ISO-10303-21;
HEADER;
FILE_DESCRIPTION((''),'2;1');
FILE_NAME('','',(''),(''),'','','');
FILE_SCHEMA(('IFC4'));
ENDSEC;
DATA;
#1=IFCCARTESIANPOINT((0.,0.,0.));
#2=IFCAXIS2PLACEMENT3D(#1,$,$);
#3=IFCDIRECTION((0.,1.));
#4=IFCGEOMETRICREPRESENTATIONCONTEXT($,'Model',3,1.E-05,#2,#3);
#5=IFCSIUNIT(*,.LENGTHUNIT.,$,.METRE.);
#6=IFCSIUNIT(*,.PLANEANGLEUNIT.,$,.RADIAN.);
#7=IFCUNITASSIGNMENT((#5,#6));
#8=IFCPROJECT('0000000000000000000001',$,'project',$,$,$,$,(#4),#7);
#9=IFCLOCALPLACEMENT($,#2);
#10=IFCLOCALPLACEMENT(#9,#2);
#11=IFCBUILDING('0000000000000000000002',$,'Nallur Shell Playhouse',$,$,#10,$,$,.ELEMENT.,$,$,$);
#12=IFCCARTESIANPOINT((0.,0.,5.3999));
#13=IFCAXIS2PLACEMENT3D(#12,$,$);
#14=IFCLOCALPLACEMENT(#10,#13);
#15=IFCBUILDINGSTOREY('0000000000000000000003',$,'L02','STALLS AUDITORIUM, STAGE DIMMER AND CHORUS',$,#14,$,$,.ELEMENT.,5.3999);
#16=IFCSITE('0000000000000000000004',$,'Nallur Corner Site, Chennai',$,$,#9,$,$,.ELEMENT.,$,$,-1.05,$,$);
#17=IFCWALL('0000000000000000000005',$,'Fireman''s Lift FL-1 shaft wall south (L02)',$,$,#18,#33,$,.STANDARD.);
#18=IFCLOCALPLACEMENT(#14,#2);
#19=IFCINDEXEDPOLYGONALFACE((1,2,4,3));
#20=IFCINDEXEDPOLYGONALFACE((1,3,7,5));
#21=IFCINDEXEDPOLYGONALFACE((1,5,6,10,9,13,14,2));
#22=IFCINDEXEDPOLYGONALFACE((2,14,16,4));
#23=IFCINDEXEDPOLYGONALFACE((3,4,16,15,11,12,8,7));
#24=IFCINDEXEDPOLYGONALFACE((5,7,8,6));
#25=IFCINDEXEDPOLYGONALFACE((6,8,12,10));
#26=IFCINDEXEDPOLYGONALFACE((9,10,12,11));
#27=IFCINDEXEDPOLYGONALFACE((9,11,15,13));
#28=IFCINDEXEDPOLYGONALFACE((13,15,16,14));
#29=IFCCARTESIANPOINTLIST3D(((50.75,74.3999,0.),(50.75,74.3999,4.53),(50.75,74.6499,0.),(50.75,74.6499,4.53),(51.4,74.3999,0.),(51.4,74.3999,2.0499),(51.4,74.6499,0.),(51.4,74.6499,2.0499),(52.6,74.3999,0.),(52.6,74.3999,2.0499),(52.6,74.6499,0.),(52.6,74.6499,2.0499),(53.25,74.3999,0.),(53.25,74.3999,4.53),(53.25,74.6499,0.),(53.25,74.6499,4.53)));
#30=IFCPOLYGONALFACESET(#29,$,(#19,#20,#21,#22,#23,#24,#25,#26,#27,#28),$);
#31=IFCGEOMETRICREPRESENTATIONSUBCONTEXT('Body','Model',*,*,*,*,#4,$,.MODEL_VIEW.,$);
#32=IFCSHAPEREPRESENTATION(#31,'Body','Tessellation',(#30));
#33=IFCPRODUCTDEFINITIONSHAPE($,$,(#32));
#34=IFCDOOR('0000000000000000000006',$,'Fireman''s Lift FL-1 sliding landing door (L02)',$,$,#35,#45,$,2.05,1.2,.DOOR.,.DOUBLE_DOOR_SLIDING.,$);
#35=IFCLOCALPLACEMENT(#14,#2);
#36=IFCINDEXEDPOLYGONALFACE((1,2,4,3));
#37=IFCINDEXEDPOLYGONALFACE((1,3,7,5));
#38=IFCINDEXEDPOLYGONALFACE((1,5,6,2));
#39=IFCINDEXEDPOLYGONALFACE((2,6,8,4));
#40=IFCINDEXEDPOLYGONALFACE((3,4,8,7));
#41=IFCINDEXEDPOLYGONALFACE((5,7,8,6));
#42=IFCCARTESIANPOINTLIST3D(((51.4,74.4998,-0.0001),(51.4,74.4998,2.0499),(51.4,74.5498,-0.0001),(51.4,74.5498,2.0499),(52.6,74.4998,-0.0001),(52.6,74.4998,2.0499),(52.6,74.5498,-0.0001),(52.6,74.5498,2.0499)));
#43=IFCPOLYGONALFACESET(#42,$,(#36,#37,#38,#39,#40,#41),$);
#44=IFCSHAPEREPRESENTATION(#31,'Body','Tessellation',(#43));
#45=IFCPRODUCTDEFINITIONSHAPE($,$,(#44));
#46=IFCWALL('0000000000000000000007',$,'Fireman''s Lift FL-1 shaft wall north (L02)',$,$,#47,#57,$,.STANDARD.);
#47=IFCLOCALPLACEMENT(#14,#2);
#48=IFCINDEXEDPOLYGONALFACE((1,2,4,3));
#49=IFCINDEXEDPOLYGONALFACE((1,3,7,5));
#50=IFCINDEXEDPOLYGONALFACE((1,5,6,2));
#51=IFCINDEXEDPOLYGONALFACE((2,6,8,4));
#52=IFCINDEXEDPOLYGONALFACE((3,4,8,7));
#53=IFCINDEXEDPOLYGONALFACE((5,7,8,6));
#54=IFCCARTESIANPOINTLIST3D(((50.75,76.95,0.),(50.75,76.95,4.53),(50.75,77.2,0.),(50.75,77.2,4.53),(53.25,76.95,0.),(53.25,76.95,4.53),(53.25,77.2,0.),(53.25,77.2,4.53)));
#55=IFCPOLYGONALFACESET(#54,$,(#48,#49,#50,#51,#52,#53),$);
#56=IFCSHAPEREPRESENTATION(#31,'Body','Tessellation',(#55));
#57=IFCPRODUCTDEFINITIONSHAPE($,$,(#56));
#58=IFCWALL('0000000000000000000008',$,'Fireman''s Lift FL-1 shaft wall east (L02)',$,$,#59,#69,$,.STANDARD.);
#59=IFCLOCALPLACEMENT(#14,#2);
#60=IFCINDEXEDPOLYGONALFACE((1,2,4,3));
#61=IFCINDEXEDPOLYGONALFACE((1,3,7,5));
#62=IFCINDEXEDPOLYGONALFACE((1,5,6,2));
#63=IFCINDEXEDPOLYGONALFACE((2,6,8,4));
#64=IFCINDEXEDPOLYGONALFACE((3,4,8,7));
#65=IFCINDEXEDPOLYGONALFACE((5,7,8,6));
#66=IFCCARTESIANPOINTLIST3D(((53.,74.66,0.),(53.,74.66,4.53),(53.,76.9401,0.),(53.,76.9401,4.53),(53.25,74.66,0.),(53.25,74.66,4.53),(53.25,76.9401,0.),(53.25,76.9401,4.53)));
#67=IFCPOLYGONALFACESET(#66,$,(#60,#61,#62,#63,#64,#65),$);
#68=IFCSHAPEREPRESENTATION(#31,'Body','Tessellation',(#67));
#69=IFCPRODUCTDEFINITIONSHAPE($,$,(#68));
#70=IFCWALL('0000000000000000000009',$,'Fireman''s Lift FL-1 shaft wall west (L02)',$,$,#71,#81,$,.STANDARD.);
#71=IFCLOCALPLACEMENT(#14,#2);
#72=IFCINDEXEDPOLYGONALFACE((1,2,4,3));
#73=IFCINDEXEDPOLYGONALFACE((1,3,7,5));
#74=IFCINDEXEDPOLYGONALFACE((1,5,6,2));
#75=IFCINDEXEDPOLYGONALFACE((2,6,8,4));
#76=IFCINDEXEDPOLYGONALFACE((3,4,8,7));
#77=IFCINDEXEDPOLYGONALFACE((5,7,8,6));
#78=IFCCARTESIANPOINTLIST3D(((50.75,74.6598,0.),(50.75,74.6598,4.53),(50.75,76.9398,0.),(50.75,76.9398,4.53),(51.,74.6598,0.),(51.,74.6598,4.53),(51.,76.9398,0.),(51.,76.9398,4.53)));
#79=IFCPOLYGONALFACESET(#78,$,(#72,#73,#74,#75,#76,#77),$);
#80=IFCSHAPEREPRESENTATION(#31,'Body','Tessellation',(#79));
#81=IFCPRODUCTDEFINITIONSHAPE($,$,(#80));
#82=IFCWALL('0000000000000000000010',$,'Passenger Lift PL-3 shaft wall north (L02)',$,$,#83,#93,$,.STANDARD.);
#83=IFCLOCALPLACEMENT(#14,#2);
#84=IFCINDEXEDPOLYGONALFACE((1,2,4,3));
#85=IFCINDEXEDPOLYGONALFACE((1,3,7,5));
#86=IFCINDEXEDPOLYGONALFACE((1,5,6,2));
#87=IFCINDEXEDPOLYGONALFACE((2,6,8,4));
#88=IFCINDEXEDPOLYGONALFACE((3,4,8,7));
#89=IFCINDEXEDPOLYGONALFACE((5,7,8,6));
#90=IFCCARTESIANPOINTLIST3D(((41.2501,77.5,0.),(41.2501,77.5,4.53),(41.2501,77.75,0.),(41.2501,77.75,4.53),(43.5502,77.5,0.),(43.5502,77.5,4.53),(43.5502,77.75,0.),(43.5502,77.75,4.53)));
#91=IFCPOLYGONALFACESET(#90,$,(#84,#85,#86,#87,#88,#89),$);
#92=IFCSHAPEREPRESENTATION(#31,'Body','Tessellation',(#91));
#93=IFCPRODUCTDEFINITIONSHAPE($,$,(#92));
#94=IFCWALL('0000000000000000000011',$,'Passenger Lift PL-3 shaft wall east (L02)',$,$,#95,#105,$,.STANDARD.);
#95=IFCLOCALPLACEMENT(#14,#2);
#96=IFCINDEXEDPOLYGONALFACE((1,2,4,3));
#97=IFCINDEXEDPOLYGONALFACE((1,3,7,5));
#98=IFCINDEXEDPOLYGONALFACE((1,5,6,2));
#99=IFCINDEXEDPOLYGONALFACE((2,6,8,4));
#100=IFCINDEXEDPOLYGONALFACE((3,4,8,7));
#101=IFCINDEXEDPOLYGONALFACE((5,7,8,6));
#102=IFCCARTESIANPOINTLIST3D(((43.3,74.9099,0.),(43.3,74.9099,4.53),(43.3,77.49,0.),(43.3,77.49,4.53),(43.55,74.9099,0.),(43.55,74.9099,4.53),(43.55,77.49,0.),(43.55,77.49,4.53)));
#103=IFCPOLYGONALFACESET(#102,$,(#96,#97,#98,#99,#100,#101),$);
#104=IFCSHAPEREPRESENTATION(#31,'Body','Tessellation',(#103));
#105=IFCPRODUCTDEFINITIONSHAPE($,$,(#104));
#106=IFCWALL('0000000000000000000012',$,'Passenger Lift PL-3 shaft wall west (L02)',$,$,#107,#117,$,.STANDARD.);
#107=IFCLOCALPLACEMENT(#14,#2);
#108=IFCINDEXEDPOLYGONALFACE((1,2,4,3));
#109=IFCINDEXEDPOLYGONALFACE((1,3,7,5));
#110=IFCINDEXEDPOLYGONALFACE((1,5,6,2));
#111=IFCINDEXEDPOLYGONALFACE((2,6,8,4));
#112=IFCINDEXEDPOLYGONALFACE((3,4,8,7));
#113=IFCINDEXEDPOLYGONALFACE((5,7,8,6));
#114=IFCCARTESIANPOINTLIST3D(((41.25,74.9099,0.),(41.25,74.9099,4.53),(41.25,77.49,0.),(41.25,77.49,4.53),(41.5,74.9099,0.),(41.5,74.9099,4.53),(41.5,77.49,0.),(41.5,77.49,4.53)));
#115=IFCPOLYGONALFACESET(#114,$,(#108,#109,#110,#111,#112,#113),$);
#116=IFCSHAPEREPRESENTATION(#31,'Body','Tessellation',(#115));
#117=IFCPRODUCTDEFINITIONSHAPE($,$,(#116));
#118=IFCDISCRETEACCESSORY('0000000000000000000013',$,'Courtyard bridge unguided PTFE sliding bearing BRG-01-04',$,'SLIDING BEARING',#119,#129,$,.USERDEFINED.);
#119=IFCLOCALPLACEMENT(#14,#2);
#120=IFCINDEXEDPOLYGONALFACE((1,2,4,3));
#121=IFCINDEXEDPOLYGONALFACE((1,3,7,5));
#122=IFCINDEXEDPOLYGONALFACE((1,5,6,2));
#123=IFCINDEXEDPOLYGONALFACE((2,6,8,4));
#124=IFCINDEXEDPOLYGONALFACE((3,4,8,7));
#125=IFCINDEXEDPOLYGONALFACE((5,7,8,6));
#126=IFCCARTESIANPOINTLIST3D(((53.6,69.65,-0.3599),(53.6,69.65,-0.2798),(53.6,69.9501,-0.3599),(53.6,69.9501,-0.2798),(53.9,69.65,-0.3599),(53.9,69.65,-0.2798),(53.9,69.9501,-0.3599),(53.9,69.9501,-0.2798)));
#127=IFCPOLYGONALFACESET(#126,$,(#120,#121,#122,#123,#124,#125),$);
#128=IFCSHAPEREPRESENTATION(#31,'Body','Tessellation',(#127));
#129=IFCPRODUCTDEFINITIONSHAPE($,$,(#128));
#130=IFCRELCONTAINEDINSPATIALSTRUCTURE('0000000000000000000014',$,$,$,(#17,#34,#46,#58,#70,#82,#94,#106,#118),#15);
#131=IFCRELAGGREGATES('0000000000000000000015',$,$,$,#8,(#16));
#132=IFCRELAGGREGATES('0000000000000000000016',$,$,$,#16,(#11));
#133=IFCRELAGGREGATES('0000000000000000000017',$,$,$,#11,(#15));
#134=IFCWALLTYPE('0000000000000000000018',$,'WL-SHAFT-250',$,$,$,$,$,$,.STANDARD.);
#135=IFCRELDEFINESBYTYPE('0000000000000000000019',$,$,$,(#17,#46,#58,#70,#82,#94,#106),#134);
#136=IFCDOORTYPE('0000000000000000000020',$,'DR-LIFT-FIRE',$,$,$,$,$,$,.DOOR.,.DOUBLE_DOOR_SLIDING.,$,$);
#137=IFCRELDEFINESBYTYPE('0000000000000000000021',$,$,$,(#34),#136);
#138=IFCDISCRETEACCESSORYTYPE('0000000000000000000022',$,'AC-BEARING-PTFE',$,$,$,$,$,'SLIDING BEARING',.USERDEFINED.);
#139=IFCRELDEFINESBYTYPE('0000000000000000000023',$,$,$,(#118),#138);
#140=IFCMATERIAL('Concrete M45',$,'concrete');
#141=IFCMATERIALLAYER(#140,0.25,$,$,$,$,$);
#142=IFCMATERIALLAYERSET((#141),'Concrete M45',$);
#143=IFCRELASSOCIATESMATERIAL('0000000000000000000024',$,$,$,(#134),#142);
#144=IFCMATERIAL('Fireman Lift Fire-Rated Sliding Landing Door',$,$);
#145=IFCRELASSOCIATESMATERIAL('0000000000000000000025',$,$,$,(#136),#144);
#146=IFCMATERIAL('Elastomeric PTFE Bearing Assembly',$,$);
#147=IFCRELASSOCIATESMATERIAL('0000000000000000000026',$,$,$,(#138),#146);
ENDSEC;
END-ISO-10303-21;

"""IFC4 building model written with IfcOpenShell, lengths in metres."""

from ifc_helpers import new_model, si_unit, direction, frame, frame_2d, origin, origin_2d, place, context, subcontext, project, spatial, rectangle, extrude, material, layer, layer_set, type_object, element, fill, save


model = new_model("IFC4")

# Units and contexts
model_context = context("Model", 3, precision=1e-05, world=origin(), true_north=direction((0.0, 1.0)))
body_context = subcontext(model_context, "Body", "Model", "MODEL_VIEW")
ifc_project = project(units=[si_unit("LENGTHUNIT", "METRE"), si_unit("PLANEANGLEUNIT", "RADIAN")], contexts=[model_context])

# Site, building, storey
site_placement = place(None, origin())
site = spatial("IfcSite", under=ifc_project, at=site_placement, Name="Nallur Corner Site, Chennai", CompositionType="ELEMENT", RefElevation=-1.05)
building_placement = place(site_placement, origin())
building = spatial("IfcBuilding", under=site, at=building_placement, Name="Nallur Shell Playhouse", CompositionType="ELEMENT")
storey_placement = place(building_placement, frame((0.0, 0.0, 5.3999)))
storey = spatial("IfcBuildingStorey", under=building, at=storey_placement, Name="L02", Description="STALLS AUDITORIUM, STAGE DIMMER AND CHORUS", CompositionType="ELEMENT", Elevation=5.3999)

# Wall, opening, door
ifc_material_1 = material(Name="Concrete M45", Category="concrete")
ifc_layer_1 = layer(ifc_material_1, 0.25)
ifc_layer_set_1 = layer_set([ifc_layer_1], Name="Concrete M45")
wall_type_1 = type_object("IfcWallType", Name="WL-SHAFT-250", PredefinedType="STANDARD", material=ifc_layer_set_1)
wall_1_placement = place(storey_placement, frame((50.75, 74.5249, 0.0), z_axis=(0.0, 0.0, 1.0), x_axis=(1.0, 0.0, 0.0)))
wall_1 = element("IfcWall", 1, at=wall_1_placement, inside=storey, type_object=wall_type_1, Name="Fireman's Lift FL-1 shaft wall south (L02)", PredefinedType="STANDARD", context=body_context, shape_type="SweptSolid", body=[
    extrude(rectangle(XDim=2.5, YDim=0.25, at=frame_2d((1.25, 0.0))), origin(), (0.0, 0.0, 1.0), 4.53),
])
opening_1_placement = place(wall_1_placement, frame((0.6499, 0.0, 0.0)))
opening_1 = element("IfcOpeningElement", 2, at=opening_1_placement, cuts=wall_1, PredefinedType="OPENING", context=body_context, shape_type="SweptSolid", body=[
    extrude(rectangle(XDim=1.2, YDim=2.05, at=frame_2d((0.6001, 1.0249))), frame((0.0, 0.135, 0.0), z_axis=(0.0, -1.0, 0.0), x_axis=(1.0, 0.0, 0.0)), (0.0, 0.0, 1.0), 0.27),
])
ifc_material_2 = material(Name="Fireman Lift Fire-Rated Sliding Landing Door")
door_type_1 = type_object("IfcDoorType", Name="DR-LIFT-FIRE", OperationType="DOUBLE_DOOR_SLIDING", PredefinedType="DOOR", material=ifc_material_2)
door_1_placement = place(opening_1_placement, origin())
door_1 = element("IfcDoor", 3, at=door_1_placement, inside=storey, type_object=door_type_1, Name="Fireman's Lift FL-1 sliding landing door (L02)", OperationType="DOUBLE_DOOR_SLIDING", OverallHeight=2.05, OverallWidth=1.2, PredefinedType="DOOR", context=body_context, shape_type="SweptSolid", body=[
    extrude(rectangle(XDim=1.2, YDim=2.05, at=frame_2d((0.6001, 1.0249))), frame((0.0, 0.0249, 0.0), z_axis=(0.0, -1.0, 0.0), x_axis=(1.0, 0.0, 0.0)), (0.0, 0.0, 1.0), 0.05),
])
fill(opening_1, door_1)

# Walls
wall_2_placement = place(storey_placement, frame((53.25, 77.075, 0.0), z_axis=(0.0, 0.0, 1.0), x_axis=(-1.0, 0.0, 0.0)))
element("IfcWall", 4, at=wall_2_placement, inside=storey, type_object=wall_type_1, Name="Fireman's Lift FL-1 shaft wall north (L02)", PredefinedType="STANDARD", context=body_context, shape_type="SweptSolid", body=[
    extrude(rectangle(XDim=2.5, YDim=0.25, at=frame_2d((1.25, 0.0))), origin(), (0.0, 0.0, 1.0), 4.53),
])
for number, where, z_axis, x_axis, name in (
    (5, (53.125, 74.6599, 0.0), (0.0, 0.0, 1.0), (0.0, 1.0, 0.0), "Fireman's Lift FL-1 shaft wall east (L02)"),
    (6, (50.875, 76.9399, 0.0), (0.0, 0.0, 1.0), (0.0, -1.0, 0.0), "Fireman's Lift FL-1 shaft wall west (L02)"),
):
    element("IfcWall", number, at=place(storey_placement, frame(where, z_axis=z_axis, x_axis=x_axis)), inside=storey, type_object=wall_type_1, Name=name, PredefinedType="STANDARD", context=body_context, shape_type="SweptSolid", body=[
        extrude(rectangle(XDim=2.28, YDim=0.25, at=frame_2d((1.1401, 0.0))), origin(), (0.0, 0.0, 1.0), 4.53),
    ])

# Walls
wall_3_placement = place(storey_placement, frame((43.55, 77.625, 0.0), z_axis=(0.0, 0.0, 1.0), x_axis=(-1.0, 0.0, 0.0)))
element("IfcWall", 7, at=wall_3_placement, inside=storey, type_object=wall_type_1, Name="Passenger Lift PL-3 shaft wall north (L02)", PredefinedType="STANDARD", context=body_context, shape_type="SweptSolid", body=[
    extrude(rectangle(XDim=2.3, YDim=0.25, at=frame_2d((1.1499, 0.0))), origin(), (0.0, 0.0, 1.0), 4.53),
])
for number, where, z_axis, x_axis, name in (
    (8, (43.425, 74.9099, 0.0), (0.0, 0.0, 1.0), (0.0, 1.0, 0.0), "Passenger Lift PL-3 shaft wall east (L02)"),
    (9, (41.375, 77.49, 0.0), (0.0, 0.0, 1.0), (0.0, -1.0, 0.0), "Passenger Lift PL-3 shaft wall west (L02)"),
):
    element("IfcWall", number, at=place(storey_placement, frame(where, z_axis=z_axis, x_axis=x_axis)), inside=storey, type_object=wall_type_1, Name=name, PredefinedType="STANDARD", context=body_context, shape_type="SweptSolid", body=[
        extrude(rectangle(XDim=2.5801, YDim=0.25, at=frame_2d((1.29, 0.0))), origin(), (0.0, 0.0, 1.0), 4.53),
    ])

# Discrete accessory
ifc_material_3 = material(Name="Elastomeric PTFE Bearing Assembly")
discrete_accessory_type = type_object("IfcDiscreteAccessoryType", Name="AC-BEARING-PTFE", ElementType="SLIDING BEARING", PredefinedType="USERDEFINED", material=ifc_material_3)
discrete_accessory_placement = place(storey_placement, frame((53.75, 69.8, -0.3599), z_axis=(0.0, 0.0, 1.0), x_axis=(1.0, 0.0, 0.0)))
element("IfcDiscreteAccessory", 10, at=discrete_accessory_placement, inside=storey, type_object=discrete_accessory_type, Name="Courtyard bridge unguided PTFE sliding bearing BRG-01-04", ObjectType="SLIDING BEARING", PredefinedType="USERDEFINED", context=body_context, shape_type="SweptSolid", body=[
    extrude(rectangle(XDim=0.3, YDim=0.3, at=origin_2d()), origin(), (0.0, 0.0, 1.0), 0.0801),
])

save(model, "model.ifc")
